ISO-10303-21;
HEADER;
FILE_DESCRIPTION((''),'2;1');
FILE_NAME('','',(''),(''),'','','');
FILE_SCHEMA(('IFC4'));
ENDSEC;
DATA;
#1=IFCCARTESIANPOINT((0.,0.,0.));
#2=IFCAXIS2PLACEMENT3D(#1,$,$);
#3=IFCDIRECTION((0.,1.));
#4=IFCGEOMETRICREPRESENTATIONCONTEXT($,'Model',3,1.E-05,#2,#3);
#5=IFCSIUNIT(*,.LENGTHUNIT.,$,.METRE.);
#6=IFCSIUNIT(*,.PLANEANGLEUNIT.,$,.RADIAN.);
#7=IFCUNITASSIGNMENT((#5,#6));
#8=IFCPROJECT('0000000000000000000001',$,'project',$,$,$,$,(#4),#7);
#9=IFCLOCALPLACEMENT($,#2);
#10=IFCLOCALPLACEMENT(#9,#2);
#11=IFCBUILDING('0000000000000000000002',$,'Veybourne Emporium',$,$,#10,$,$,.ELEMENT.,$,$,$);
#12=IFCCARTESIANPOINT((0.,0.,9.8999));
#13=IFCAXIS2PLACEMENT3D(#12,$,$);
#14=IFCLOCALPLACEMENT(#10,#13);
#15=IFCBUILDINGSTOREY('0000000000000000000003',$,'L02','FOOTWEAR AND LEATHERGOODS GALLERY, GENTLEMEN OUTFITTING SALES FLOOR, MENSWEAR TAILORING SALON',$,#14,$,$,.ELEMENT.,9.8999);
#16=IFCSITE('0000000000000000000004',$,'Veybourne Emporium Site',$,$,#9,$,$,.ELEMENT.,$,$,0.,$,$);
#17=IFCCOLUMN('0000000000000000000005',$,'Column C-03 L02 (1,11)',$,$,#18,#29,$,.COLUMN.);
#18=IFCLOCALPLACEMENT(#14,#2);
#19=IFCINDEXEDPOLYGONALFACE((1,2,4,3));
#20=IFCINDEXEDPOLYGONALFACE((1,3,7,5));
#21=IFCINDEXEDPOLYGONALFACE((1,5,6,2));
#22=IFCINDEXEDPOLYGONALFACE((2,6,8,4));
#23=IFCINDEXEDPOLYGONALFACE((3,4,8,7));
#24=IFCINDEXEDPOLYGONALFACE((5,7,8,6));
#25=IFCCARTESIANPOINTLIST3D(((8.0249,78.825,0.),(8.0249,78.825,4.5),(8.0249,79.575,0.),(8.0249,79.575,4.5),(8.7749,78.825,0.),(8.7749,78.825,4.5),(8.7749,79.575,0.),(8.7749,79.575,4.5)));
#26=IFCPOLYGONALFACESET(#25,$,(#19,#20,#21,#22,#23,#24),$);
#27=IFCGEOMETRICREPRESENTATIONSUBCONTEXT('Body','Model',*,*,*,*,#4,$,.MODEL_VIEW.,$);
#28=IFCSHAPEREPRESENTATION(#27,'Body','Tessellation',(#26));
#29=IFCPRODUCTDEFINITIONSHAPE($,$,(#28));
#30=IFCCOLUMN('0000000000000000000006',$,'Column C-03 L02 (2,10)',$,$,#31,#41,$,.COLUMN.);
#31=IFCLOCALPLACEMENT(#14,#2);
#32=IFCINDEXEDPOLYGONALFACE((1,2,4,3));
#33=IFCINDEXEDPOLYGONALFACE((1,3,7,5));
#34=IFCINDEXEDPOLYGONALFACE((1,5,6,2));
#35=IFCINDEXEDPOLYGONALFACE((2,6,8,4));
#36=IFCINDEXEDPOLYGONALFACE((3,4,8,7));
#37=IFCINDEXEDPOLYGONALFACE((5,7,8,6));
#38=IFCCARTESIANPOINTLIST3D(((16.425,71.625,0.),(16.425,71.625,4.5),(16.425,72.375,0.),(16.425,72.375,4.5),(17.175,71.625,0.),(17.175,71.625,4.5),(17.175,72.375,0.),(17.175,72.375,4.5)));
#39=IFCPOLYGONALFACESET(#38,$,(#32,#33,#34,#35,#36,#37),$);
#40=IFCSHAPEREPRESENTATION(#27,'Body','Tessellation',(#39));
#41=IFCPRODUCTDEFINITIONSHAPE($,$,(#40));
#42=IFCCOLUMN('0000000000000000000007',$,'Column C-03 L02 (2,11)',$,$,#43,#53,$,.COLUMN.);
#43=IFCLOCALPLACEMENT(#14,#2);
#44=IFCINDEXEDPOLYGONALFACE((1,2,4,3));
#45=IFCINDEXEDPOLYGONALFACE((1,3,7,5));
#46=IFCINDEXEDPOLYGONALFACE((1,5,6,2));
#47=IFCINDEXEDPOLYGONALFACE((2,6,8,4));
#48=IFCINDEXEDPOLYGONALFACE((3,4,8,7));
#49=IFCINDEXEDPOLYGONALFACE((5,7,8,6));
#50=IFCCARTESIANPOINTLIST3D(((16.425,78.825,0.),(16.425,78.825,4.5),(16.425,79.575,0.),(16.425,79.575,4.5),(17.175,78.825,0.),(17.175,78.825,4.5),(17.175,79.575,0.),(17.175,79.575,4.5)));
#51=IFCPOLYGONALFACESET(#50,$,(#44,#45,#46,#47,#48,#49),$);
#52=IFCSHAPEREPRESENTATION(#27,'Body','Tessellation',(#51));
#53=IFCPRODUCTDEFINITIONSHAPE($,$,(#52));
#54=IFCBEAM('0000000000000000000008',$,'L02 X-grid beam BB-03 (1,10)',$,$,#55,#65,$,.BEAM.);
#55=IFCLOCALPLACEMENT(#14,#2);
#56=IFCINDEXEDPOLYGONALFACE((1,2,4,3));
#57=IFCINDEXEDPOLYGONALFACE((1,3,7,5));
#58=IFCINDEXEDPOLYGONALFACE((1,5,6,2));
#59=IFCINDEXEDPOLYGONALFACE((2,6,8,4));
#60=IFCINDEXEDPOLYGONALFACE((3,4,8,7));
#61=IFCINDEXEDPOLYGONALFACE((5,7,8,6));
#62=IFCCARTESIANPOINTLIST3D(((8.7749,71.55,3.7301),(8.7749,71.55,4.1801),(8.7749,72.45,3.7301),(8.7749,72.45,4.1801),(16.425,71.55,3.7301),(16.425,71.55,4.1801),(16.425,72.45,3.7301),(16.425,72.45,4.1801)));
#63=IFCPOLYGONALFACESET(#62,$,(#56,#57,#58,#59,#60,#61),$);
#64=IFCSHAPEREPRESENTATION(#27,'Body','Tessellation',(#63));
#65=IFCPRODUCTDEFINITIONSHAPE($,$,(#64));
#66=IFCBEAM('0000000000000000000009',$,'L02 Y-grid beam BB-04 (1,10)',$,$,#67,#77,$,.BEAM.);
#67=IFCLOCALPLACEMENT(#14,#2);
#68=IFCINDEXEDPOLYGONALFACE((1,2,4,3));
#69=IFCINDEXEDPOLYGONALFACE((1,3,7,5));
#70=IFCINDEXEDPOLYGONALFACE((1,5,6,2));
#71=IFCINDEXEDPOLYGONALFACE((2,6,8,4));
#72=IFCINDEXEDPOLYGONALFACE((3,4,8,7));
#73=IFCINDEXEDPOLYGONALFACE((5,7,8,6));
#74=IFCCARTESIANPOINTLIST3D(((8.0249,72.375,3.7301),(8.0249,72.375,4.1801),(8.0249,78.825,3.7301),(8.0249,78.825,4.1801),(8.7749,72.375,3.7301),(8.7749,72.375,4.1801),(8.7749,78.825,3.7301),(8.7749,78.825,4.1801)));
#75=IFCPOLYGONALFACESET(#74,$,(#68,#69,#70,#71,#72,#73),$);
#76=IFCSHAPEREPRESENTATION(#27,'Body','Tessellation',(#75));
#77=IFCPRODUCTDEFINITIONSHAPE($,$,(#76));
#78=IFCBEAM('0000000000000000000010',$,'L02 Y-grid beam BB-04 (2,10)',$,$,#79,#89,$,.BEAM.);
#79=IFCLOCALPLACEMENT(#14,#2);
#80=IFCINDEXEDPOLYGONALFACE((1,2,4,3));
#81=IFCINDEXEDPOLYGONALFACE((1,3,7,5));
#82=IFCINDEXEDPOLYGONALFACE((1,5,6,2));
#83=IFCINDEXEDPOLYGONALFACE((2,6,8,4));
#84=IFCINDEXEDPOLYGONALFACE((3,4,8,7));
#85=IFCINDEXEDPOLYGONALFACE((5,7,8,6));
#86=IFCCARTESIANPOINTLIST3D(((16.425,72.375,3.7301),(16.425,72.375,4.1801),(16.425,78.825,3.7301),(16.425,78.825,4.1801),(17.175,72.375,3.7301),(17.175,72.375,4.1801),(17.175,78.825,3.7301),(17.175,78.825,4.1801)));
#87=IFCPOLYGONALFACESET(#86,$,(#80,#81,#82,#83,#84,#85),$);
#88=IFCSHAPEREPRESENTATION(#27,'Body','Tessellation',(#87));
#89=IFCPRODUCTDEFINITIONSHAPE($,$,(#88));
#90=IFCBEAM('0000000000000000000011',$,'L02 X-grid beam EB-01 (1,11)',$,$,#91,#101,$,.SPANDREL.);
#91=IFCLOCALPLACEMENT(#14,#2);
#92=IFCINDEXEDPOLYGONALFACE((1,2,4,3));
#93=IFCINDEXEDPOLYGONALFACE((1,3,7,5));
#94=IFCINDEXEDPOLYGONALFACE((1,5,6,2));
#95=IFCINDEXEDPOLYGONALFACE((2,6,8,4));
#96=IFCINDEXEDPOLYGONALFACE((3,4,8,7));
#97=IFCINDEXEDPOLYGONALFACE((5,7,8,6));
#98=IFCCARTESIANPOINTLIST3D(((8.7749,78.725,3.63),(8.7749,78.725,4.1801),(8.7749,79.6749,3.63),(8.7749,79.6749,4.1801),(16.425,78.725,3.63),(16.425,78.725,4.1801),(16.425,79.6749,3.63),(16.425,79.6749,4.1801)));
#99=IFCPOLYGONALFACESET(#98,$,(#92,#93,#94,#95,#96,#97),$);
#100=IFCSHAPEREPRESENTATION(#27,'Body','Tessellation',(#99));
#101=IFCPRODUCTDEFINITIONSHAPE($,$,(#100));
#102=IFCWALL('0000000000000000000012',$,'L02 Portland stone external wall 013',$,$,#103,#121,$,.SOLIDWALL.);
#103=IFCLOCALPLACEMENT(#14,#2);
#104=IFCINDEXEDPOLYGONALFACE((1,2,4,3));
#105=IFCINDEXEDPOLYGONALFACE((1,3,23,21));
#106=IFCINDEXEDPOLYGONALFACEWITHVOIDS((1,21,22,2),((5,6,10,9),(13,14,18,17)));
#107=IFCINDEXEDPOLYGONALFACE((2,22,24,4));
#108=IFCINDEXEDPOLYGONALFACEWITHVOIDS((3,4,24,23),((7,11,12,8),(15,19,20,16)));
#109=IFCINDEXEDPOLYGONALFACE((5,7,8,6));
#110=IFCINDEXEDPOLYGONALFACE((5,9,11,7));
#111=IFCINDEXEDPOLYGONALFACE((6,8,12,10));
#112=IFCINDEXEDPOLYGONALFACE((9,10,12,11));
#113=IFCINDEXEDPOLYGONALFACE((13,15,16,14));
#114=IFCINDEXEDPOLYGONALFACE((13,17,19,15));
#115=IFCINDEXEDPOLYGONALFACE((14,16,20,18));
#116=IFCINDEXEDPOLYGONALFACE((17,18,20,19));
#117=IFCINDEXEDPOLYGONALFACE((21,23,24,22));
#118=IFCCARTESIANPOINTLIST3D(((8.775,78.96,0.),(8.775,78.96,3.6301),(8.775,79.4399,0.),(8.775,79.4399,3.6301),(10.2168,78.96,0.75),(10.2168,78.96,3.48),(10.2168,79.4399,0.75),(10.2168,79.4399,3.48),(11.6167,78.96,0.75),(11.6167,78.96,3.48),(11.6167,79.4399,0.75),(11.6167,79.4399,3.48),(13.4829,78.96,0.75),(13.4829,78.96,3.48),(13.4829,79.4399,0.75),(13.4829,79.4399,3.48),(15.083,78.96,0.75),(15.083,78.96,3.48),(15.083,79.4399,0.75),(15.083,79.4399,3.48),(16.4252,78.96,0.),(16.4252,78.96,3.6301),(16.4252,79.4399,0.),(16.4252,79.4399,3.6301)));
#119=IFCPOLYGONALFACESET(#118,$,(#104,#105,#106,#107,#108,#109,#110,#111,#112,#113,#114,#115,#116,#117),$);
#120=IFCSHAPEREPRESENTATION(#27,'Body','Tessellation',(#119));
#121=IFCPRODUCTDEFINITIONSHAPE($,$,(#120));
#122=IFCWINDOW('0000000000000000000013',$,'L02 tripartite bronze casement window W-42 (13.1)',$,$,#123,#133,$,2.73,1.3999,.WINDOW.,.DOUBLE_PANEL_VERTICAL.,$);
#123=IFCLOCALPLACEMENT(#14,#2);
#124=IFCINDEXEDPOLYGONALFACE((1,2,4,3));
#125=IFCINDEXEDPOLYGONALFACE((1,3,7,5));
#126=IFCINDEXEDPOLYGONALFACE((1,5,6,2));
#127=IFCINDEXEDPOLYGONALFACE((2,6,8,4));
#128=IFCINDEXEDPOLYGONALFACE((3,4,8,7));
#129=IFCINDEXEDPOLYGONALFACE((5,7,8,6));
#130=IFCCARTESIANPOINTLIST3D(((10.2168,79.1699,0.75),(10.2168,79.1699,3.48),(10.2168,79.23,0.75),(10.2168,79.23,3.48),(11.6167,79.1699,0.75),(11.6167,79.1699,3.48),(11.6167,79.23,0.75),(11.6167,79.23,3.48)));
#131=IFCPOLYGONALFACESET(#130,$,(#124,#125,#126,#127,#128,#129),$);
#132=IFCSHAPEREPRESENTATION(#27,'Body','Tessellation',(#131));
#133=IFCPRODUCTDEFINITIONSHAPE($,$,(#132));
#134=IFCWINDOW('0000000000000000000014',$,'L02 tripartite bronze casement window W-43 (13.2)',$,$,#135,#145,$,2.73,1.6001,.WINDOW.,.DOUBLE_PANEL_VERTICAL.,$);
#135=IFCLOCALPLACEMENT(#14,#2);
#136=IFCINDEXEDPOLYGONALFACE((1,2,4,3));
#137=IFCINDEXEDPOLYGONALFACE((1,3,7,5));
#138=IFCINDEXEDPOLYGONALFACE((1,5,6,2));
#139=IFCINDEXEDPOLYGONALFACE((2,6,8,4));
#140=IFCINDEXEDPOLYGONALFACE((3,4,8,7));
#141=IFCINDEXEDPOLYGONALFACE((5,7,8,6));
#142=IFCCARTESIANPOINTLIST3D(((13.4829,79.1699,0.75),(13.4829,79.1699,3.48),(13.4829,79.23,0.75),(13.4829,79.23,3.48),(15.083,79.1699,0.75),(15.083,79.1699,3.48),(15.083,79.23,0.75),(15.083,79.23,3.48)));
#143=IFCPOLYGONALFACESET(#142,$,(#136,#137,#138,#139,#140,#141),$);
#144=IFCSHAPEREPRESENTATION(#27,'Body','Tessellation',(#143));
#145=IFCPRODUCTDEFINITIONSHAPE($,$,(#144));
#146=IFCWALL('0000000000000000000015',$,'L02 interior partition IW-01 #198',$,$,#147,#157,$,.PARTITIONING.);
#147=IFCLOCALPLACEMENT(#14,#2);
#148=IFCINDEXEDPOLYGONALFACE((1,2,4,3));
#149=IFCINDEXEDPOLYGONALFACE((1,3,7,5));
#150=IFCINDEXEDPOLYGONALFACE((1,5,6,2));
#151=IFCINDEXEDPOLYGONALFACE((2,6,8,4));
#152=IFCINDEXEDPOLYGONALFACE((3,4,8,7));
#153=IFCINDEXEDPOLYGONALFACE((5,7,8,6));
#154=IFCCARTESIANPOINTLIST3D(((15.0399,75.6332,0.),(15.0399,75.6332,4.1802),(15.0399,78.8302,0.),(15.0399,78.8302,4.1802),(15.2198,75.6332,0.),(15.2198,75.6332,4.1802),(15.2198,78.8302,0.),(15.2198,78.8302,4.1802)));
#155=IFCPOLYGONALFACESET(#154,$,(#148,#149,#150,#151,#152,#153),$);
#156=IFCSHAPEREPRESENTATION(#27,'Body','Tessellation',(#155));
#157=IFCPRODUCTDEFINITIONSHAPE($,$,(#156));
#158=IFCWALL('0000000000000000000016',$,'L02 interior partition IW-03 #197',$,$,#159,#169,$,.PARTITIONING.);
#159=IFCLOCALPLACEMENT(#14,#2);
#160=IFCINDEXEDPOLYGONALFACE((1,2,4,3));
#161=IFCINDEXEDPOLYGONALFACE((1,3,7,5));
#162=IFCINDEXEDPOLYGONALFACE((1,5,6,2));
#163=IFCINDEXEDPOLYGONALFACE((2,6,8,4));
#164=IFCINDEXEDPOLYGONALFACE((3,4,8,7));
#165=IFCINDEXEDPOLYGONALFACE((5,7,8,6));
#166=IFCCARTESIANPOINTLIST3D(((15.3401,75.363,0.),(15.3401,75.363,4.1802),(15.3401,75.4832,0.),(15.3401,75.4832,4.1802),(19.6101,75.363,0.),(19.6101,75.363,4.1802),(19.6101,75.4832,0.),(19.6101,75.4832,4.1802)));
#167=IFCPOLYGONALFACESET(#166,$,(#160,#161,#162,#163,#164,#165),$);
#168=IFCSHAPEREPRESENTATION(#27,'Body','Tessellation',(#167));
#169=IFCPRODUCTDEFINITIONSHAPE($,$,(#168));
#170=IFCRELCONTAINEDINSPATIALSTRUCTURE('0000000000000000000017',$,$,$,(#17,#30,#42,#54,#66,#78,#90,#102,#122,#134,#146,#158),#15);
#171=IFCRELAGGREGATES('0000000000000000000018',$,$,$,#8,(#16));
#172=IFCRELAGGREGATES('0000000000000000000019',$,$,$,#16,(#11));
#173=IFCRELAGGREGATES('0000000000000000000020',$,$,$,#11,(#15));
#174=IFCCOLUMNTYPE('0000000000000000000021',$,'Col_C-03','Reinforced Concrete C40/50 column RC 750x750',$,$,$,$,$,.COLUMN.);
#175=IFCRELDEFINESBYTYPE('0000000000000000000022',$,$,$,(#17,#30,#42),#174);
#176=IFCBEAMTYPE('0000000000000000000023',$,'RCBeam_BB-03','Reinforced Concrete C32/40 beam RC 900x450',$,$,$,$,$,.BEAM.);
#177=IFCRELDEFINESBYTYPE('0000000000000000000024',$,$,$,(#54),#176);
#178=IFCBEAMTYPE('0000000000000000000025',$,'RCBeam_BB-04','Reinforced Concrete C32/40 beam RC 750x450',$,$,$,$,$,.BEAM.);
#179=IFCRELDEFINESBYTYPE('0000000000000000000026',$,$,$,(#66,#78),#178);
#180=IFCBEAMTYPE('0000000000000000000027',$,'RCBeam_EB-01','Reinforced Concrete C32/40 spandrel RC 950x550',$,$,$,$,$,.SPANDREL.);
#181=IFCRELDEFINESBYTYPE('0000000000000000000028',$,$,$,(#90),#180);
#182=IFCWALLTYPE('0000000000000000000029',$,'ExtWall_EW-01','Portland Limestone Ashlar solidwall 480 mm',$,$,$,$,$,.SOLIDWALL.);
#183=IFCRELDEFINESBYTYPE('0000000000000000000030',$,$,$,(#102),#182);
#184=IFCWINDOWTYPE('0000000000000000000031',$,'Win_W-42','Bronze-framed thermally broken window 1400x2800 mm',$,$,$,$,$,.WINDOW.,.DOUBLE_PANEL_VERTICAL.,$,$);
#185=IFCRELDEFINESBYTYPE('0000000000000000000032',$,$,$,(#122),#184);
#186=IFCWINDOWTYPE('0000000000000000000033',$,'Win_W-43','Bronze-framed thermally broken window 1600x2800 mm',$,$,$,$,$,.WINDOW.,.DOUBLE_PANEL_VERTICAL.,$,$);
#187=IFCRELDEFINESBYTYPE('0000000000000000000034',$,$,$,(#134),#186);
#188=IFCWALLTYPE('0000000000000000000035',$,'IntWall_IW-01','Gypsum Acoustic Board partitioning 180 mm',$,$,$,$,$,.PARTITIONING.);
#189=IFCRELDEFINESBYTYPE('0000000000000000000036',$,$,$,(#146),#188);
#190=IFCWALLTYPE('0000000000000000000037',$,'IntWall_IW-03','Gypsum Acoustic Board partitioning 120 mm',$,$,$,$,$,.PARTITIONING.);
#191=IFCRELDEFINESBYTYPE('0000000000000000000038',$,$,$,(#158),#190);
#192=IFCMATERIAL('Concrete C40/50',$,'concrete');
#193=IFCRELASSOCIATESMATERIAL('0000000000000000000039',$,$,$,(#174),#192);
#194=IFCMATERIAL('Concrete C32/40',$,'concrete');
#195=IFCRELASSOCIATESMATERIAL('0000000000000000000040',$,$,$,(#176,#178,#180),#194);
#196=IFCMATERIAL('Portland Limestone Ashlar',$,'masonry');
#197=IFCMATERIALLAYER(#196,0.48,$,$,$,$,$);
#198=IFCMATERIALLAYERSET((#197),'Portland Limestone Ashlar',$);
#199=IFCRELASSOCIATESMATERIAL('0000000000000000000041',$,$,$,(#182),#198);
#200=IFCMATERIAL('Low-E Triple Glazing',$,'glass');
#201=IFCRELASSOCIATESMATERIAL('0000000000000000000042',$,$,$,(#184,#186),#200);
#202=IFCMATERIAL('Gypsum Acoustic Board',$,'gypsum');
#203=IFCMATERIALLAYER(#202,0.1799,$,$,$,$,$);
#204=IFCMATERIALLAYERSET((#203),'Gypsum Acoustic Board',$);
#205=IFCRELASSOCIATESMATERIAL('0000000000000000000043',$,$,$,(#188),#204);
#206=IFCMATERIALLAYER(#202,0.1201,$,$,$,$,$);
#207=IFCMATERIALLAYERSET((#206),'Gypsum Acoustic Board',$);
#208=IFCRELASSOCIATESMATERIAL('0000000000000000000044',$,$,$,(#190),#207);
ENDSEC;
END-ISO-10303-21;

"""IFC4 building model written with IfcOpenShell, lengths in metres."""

from ifc_helpers import new_model, si_unit, direction, frame, frame_2d, origin, origin_2d, place, context, subcontext, project, spatial, rectangle, extrude, material, layer, layer_set, material_profile, profile_set, type_object, element, fill, save


model = new_model("IFC4")

# Units and contexts
model_context = context("Model", 3, precision=1e-05, world=origin(), true_north=direction((0.0, 1.0)))
body_context = subcontext(model_context, "Body", "Model", "MODEL_VIEW")
ifc_project = project(units=[si_unit("LENGTHUNIT", "METRE"), si_unit("PLANEANGLEUNIT", "RADIAN")], contexts=[model_context])

# Site, building, storey
site_placement = place(None, origin())
site = spatial("IfcSite", under=ifc_project, at=site_placement, Name="Veybourne Emporium Site", CompositionType="ELEMENT", RefElevation=0.0)
building_placement = place(site_placement, origin())
building = spatial("IfcBuilding", under=site, at=building_placement, Name="Veybourne Emporium", CompositionType="ELEMENT")
storey_placement = place(building_placement, frame((0.0, 0.0, 9.8999)))
storey = spatial("IfcBuildingStorey", under=building, at=storey_placement, Name="L02", Description="FOOTWEAR AND LEATHERGOODS GALLERY, GENTLEMEN OUTFITTING SALES FLOOR, MENSWEAR TAILORING SALON", CompositionType="ELEMENT", Elevation=9.8999)

# Columns
ifc_material_1 = material(Name="Concrete C40/50", Category="concrete")
ifc_material_profile_1 = material_profile(ifc_material_1, rectangle(XDim=0.75, YDim=0.75, at=origin_2d()), Name="RC 750x750")
ifc_profile_set_1 = profile_set([ifc_material_profile_1], Name="Concrete C40/50")
column_type = type_object("IfcColumnType", Name="Col_C-03", Description="Reinforced Concrete C40/50 column RC 750x750", PredefinedType="COLUMN", material=ifc_profile_set_1)
for number, where, z_axis, x_axis, name in (
    (1, (8.3999, 79.2, 0.0), (0.0, 0.0, 1.0), (1.0, 0.0, 0.0), "Column C-03 L02 (1,11)"),
    (2, (16.8, 72.0, 0.0), (0.0, 0.0, 1.0), (1.0, 0.0, 0.0), "Column C-03 L02 (2,10)"),
    (3, (16.8, 79.2, 0.0), (0.0, 0.0, 1.0), (1.0, 0.0, 0.0), "Column C-03 L02 (2,11)"),
):
    element("IfcColumn", number, at=place(storey_placement, frame(where, z_axis=z_axis, x_axis=x_axis)), inside=storey, type_object=column_type, Name=name, PredefinedType="COLUMN", context=body_context, shape_type="SweptSolid", body=[
        extrude(rectangle(XDim=0.75, YDim=0.75, at=origin_2d()), origin(), (0.0, 0.0, 1.0), 4.5),
    ])

# Beams
ifc_material_2 = material(Name="Concrete C32/40", Category="concrete")
ifc_material_profile_2 = material_profile(ifc_material_2, rectangle(XDim=0.8999, YDim=0.45, at=origin_2d()), Name="RC 900x450")
ifc_profile_set_2 = profile_set([ifc_material_profile_2], Name="Concrete C32/40")
beam_type_1 = type_object("IfcBeamType", Name="RCBeam_BB-03", Description="Reinforced Concrete C32/40 beam RC 900x450", PredefinedType="BEAM", material=ifc_profile_set_2)
beam_1_placement = place(storey_placement, frame((8.7749, 72.0, 3.9551), z_axis=(1.0, 0.0, 0.0), x_axis=(0.0, 1.0, 0.0)))
element("IfcBeam", 4, at=beam_1_placement, inside=storey, type_object=beam_type_1, Name="L02 X-grid beam BB-03 (1,10)", PredefinedType="BEAM", context=body_context, shape_type="SweptSolid", body=[
    extrude(rectangle(XDim=0.8999, YDim=0.45, at=origin_2d()), origin(), (0.0, 0.0, 1.0), 7.6501),
])
ifc_material_profile_3 = material_profile(ifc_material_2, rectangle(XDim=0.75, YDim=0.45, at=origin_2d()), Name="RC 750x450")
ifc_profile_set_3 = profile_set([ifc_material_profile_3], Name="Concrete C32/40")
beam_type_2 = type_object("IfcBeamType", Name="RCBeam_BB-04", Description="Reinforced Concrete C32/40 beam RC 750x450", PredefinedType="BEAM", material=ifc_profile_set_3)
for number, where, z_axis, x_axis, name in (
    (5, (8.3999, 72.375, 3.9551), (0.0, 1.0, 0.0), (-1.0, 0.0, 0.0), "L02 Y-grid beam BB-04 (1,10)"),
    (6, (16.8, 72.375, 3.9551), (0.0, 1.0, 0.0), (-1.0, 0.0, 0.0), "L02 Y-grid beam BB-04 (2,10)"),
):
    element("IfcBeam", number, at=place(storey_placement, frame(where, z_axis=z_axis, x_axis=x_axis)), inside=storey, type_object=beam_type_2, Name=name, PredefinedType="BEAM", context=body_context, shape_type="SweptSolid", body=[
        extrude(rectangle(XDim=0.75, YDim=0.45, at=origin_2d()), origin(), (0.0, 0.0, 1.0), 6.45),
    ])
ifc_material_profile_4 = material_profile(ifc_material_2, rectangle(XDim=0.95, YDim=0.55, at=origin_2d()), Name="RC 950x550")
ifc_profile_set_4 = profile_set([ifc_material_profile_4], Name="Concrete C32/40")
beam_type_3 = type_object("IfcBeamType", Name="RCBeam_EB-01", Description="Reinforced Concrete C32/40 spandrel RC 950x550", PredefinedType="SPANDREL", material=ifc_profile_set_4)
beam_2_placement = place(storey_placement, frame((8.7749, 79.2, 3.905), z_axis=(1.0, 0.0, 0.0), x_axis=(0.0, 1.0, 0.0)))
element("IfcBeam", 7, at=beam_2_placement, inside=storey, type_object=beam_type_3, Name="L02 X-grid beam EB-01 (1,11)", PredefinedType="SPANDREL", context=body_context, shape_type="SweptSolid", body=[
    extrude(rectangle(XDim=0.95, YDim=0.55, at=origin_2d()), origin(), (0.0, 0.0, 1.0), 7.6501),
])

# Wall, openings, windows
ifc_material_3 = material(Name="Portland Limestone Ashlar", Category="masonry")
ifc_layer_1 = layer(ifc_material_3, 0.48)
ifc_layer_set_1 = layer_set([ifc_layer_1], Name="Portland Limestone Ashlar")
wall_type_1 = type_object("IfcWallType", Name="ExtWall_EW-01", Description="Portland Limestone Ashlar solidwall 480 mm", PredefinedType="SOLIDWALL", material=ifc_layer_set_1)
wall_1_placement = place(storey_placement, frame((8.7749, 79.2, 0.0), z_axis=(0.0, 0.0, 1.0), x_axis=(1.0, 0.0, 0.0)))
wall_1 = element("IfcWall", 8, at=wall_1_placement, inside=storey, type_object=wall_type_1, Name="L02 Portland stone external wall 013", PredefinedType="SOLIDWALL", context=body_context, shape_type="SweptSolid", body=[
    extrude(rectangle(XDim=7.6501, YDim=0.48, at=frame_2d((3.8252, 0.0))), origin(), (0.0, 0.0, 1.0), 3.6301),
])
opening_1_placement = place(wall_1_placement, frame((1.4419, 0.0, 0.75)))
opening_1 = element("IfcOpeningElement", 9, at=opening_1_placement, cuts=wall_1, PredefinedType="OPENING", context=body_context, shape_type="SweptSolid", body=[
    extrude(rectangle(XDim=1.3999, YDim=2.73, at=frame_2d((0.7, 1.365))), frame((0.0, 0.26, 0.0), z_axis=(0.0, -1.0, 0.0), x_axis=(1.0, 0.0, 0.0)), (0.0, 0.0, 1.0), 0.52),
])
opening_2_placement = place(wall_1_placement, frame((4.708, 0.0, 0.75)))
opening_2 = element("IfcOpeningElement", 10, at=opening_2_placement, cuts=wall_1, PredefinedType="OPENING", context=body_context, shape_type="SweptSolid", body=[
    extrude(rectangle(XDim=1.6001, YDim=2.73, at=frame_2d((0.8, 1.365))), frame((0.0, 0.26, 0.0), z_axis=(0.0, -1.0, 0.0), x_axis=(1.0, 0.0, 0.0)), (0.0, 0.0, 1.0), 0.52),
])
ifc_material_4 = material(Name="Low-E Triple Glazing", Category="glass")
window_type_1 = type_object("IfcWindowType", Name="Win_W-42", Description="Bronze-framed thermally broken window 1400x2800 mm", PartitioningType="DOUBLE_PANEL_VERTICAL", PredefinedType="WINDOW", material=ifc_material_4)
window_1_placement = place(opening_1_placement, origin())
window_1 = element("IfcWindow", 11, at=window_1_placement, inside=storey, type_object=window_type_1, Name="L02 tripartite bronze casement window W-42 (13.1)", OverallHeight=2.73, OverallWidth=1.3999, PartitioningType="DOUBLE_PANEL_VERTICAL", PredefinedType="WINDOW", context=body_context, shape_type="SweptSolid", body=[
    extrude(rectangle(XDim=1.3999, YDim=2.73, at=frame_2d((0.7, 1.365))), frame((0.0, 0.03, 0.0), z_axis=(0.0, -1.0, 0.0), x_axis=(1.0, 0.0, 0.0)), (0.0, 0.0, 1.0), 0.0601),
])
fill(opening_1, window_1)
window_type_2 = type_object("IfcWindowType", Name="Win_W-43", Description="Bronze-framed thermally broken window 1600x2800 mm", PartitioningType="DOUBLE_PANEL_VERTICAL", PredefinedType="WINDOW", material=ifc_material_4)
window_2_placement = place(opening_2_placement, origin())
window_2 = element("IfcWindow", 12, at=window_2_placement, inside=storey, type_object=window_type_2, Name="L02 tripartite bronze casement window W-43 (13.2)", OverallHeight=2.73, OverallWidth=1.6001, PartitioningType="DOUBLE_PANEL_VERTICAL", PredefinedType="WINDOW", context=body_context, shape_type="SweptSolid", body=[
    extrude(rectangle(XDim=1.6001, YDim=2.73, at=frame_2d((0.8, 1.365))), frame((0.0, 0.03, 0.0), z_axis=(0.0, -1.0, 0.0), x_axis=(1.0, 0.0, 0.0)), (0.0, 0.0, 1.0), 0.0601),
])
fill(opening_2, window_2)

# Walls
ifc_material_5 = material(Name="Gypsum Acoustic Board", Category="gypsum")
ifc_layer_2 = layer(ifc_material_5, 0.1799)
ifc_layer_set_2 = layer_set([ifc_layer_2], Name="Gypsum Acoustic Board")
wall_type_2 = type_object("IfcWallType", Name="IntWall_IW-01", Description="Gypsum Acoustic Board partitioning 180 mm", PredefinedType="PARTITIONING", material=ifc_layer_set_2)
wall_2_placement = place(storey_placement, frame((15.1299, 75.6331, 0.0), z_axis=(0.0, 0.0, 1.0), x_axis=(0.0, 1.0, 0.0)))
element("IfcWall", 13, at=wall_2_placement, inside=storey, type_object=wall_type_2, Name="L02 interior partition IW-01 #198", PredefinedType="PARTITIONING", context=body_context, shape_type="SweptSolid", body=[
    extrude(rectangle(XDim=3.197, YDim=0.1799, at=frame_2d((1.5986, 0.0))), origin(), (0.0, 0.0, 1.0), 4.1802),
])
ifc_layer_3 = layer(ifc_material_5, 0.1201)
ifc_layer_set_3 = layer_set([ifc_layer_3], Name="Gypsum Acoustic Board")
wall_type_3 = type_object("IfcWallType", Name="IntWall_IW-03", Description="Gypsum Acoustic Board partitioning 120 mm", PredefinedType="PARTITIONING", material=ifc_layer_set_3)
wall_3_placement = place(storey_placement, frame((15.3401, 75.4231, 0.0), z_axis=(0.0, 0.0, 1.0), x_axis=(1.0, 0.0, 0.0)))
element("IfcWall", 14, at=wall_3_placement, inside=storey, type_object=wall_type_3, Name="L02 interior partition IW-03 #197", PredefinedType="PARTITIONING", context=body_context, shape_type="SweptSolid", body=[
    extrude(rectangle(XDim=4.27, YDim=0.1201, at=frame_2d((2.135, 0.0))), origin(), (0.0, 0.0, 1.0), 4.1802),
])

save(model, "model.ifc")
